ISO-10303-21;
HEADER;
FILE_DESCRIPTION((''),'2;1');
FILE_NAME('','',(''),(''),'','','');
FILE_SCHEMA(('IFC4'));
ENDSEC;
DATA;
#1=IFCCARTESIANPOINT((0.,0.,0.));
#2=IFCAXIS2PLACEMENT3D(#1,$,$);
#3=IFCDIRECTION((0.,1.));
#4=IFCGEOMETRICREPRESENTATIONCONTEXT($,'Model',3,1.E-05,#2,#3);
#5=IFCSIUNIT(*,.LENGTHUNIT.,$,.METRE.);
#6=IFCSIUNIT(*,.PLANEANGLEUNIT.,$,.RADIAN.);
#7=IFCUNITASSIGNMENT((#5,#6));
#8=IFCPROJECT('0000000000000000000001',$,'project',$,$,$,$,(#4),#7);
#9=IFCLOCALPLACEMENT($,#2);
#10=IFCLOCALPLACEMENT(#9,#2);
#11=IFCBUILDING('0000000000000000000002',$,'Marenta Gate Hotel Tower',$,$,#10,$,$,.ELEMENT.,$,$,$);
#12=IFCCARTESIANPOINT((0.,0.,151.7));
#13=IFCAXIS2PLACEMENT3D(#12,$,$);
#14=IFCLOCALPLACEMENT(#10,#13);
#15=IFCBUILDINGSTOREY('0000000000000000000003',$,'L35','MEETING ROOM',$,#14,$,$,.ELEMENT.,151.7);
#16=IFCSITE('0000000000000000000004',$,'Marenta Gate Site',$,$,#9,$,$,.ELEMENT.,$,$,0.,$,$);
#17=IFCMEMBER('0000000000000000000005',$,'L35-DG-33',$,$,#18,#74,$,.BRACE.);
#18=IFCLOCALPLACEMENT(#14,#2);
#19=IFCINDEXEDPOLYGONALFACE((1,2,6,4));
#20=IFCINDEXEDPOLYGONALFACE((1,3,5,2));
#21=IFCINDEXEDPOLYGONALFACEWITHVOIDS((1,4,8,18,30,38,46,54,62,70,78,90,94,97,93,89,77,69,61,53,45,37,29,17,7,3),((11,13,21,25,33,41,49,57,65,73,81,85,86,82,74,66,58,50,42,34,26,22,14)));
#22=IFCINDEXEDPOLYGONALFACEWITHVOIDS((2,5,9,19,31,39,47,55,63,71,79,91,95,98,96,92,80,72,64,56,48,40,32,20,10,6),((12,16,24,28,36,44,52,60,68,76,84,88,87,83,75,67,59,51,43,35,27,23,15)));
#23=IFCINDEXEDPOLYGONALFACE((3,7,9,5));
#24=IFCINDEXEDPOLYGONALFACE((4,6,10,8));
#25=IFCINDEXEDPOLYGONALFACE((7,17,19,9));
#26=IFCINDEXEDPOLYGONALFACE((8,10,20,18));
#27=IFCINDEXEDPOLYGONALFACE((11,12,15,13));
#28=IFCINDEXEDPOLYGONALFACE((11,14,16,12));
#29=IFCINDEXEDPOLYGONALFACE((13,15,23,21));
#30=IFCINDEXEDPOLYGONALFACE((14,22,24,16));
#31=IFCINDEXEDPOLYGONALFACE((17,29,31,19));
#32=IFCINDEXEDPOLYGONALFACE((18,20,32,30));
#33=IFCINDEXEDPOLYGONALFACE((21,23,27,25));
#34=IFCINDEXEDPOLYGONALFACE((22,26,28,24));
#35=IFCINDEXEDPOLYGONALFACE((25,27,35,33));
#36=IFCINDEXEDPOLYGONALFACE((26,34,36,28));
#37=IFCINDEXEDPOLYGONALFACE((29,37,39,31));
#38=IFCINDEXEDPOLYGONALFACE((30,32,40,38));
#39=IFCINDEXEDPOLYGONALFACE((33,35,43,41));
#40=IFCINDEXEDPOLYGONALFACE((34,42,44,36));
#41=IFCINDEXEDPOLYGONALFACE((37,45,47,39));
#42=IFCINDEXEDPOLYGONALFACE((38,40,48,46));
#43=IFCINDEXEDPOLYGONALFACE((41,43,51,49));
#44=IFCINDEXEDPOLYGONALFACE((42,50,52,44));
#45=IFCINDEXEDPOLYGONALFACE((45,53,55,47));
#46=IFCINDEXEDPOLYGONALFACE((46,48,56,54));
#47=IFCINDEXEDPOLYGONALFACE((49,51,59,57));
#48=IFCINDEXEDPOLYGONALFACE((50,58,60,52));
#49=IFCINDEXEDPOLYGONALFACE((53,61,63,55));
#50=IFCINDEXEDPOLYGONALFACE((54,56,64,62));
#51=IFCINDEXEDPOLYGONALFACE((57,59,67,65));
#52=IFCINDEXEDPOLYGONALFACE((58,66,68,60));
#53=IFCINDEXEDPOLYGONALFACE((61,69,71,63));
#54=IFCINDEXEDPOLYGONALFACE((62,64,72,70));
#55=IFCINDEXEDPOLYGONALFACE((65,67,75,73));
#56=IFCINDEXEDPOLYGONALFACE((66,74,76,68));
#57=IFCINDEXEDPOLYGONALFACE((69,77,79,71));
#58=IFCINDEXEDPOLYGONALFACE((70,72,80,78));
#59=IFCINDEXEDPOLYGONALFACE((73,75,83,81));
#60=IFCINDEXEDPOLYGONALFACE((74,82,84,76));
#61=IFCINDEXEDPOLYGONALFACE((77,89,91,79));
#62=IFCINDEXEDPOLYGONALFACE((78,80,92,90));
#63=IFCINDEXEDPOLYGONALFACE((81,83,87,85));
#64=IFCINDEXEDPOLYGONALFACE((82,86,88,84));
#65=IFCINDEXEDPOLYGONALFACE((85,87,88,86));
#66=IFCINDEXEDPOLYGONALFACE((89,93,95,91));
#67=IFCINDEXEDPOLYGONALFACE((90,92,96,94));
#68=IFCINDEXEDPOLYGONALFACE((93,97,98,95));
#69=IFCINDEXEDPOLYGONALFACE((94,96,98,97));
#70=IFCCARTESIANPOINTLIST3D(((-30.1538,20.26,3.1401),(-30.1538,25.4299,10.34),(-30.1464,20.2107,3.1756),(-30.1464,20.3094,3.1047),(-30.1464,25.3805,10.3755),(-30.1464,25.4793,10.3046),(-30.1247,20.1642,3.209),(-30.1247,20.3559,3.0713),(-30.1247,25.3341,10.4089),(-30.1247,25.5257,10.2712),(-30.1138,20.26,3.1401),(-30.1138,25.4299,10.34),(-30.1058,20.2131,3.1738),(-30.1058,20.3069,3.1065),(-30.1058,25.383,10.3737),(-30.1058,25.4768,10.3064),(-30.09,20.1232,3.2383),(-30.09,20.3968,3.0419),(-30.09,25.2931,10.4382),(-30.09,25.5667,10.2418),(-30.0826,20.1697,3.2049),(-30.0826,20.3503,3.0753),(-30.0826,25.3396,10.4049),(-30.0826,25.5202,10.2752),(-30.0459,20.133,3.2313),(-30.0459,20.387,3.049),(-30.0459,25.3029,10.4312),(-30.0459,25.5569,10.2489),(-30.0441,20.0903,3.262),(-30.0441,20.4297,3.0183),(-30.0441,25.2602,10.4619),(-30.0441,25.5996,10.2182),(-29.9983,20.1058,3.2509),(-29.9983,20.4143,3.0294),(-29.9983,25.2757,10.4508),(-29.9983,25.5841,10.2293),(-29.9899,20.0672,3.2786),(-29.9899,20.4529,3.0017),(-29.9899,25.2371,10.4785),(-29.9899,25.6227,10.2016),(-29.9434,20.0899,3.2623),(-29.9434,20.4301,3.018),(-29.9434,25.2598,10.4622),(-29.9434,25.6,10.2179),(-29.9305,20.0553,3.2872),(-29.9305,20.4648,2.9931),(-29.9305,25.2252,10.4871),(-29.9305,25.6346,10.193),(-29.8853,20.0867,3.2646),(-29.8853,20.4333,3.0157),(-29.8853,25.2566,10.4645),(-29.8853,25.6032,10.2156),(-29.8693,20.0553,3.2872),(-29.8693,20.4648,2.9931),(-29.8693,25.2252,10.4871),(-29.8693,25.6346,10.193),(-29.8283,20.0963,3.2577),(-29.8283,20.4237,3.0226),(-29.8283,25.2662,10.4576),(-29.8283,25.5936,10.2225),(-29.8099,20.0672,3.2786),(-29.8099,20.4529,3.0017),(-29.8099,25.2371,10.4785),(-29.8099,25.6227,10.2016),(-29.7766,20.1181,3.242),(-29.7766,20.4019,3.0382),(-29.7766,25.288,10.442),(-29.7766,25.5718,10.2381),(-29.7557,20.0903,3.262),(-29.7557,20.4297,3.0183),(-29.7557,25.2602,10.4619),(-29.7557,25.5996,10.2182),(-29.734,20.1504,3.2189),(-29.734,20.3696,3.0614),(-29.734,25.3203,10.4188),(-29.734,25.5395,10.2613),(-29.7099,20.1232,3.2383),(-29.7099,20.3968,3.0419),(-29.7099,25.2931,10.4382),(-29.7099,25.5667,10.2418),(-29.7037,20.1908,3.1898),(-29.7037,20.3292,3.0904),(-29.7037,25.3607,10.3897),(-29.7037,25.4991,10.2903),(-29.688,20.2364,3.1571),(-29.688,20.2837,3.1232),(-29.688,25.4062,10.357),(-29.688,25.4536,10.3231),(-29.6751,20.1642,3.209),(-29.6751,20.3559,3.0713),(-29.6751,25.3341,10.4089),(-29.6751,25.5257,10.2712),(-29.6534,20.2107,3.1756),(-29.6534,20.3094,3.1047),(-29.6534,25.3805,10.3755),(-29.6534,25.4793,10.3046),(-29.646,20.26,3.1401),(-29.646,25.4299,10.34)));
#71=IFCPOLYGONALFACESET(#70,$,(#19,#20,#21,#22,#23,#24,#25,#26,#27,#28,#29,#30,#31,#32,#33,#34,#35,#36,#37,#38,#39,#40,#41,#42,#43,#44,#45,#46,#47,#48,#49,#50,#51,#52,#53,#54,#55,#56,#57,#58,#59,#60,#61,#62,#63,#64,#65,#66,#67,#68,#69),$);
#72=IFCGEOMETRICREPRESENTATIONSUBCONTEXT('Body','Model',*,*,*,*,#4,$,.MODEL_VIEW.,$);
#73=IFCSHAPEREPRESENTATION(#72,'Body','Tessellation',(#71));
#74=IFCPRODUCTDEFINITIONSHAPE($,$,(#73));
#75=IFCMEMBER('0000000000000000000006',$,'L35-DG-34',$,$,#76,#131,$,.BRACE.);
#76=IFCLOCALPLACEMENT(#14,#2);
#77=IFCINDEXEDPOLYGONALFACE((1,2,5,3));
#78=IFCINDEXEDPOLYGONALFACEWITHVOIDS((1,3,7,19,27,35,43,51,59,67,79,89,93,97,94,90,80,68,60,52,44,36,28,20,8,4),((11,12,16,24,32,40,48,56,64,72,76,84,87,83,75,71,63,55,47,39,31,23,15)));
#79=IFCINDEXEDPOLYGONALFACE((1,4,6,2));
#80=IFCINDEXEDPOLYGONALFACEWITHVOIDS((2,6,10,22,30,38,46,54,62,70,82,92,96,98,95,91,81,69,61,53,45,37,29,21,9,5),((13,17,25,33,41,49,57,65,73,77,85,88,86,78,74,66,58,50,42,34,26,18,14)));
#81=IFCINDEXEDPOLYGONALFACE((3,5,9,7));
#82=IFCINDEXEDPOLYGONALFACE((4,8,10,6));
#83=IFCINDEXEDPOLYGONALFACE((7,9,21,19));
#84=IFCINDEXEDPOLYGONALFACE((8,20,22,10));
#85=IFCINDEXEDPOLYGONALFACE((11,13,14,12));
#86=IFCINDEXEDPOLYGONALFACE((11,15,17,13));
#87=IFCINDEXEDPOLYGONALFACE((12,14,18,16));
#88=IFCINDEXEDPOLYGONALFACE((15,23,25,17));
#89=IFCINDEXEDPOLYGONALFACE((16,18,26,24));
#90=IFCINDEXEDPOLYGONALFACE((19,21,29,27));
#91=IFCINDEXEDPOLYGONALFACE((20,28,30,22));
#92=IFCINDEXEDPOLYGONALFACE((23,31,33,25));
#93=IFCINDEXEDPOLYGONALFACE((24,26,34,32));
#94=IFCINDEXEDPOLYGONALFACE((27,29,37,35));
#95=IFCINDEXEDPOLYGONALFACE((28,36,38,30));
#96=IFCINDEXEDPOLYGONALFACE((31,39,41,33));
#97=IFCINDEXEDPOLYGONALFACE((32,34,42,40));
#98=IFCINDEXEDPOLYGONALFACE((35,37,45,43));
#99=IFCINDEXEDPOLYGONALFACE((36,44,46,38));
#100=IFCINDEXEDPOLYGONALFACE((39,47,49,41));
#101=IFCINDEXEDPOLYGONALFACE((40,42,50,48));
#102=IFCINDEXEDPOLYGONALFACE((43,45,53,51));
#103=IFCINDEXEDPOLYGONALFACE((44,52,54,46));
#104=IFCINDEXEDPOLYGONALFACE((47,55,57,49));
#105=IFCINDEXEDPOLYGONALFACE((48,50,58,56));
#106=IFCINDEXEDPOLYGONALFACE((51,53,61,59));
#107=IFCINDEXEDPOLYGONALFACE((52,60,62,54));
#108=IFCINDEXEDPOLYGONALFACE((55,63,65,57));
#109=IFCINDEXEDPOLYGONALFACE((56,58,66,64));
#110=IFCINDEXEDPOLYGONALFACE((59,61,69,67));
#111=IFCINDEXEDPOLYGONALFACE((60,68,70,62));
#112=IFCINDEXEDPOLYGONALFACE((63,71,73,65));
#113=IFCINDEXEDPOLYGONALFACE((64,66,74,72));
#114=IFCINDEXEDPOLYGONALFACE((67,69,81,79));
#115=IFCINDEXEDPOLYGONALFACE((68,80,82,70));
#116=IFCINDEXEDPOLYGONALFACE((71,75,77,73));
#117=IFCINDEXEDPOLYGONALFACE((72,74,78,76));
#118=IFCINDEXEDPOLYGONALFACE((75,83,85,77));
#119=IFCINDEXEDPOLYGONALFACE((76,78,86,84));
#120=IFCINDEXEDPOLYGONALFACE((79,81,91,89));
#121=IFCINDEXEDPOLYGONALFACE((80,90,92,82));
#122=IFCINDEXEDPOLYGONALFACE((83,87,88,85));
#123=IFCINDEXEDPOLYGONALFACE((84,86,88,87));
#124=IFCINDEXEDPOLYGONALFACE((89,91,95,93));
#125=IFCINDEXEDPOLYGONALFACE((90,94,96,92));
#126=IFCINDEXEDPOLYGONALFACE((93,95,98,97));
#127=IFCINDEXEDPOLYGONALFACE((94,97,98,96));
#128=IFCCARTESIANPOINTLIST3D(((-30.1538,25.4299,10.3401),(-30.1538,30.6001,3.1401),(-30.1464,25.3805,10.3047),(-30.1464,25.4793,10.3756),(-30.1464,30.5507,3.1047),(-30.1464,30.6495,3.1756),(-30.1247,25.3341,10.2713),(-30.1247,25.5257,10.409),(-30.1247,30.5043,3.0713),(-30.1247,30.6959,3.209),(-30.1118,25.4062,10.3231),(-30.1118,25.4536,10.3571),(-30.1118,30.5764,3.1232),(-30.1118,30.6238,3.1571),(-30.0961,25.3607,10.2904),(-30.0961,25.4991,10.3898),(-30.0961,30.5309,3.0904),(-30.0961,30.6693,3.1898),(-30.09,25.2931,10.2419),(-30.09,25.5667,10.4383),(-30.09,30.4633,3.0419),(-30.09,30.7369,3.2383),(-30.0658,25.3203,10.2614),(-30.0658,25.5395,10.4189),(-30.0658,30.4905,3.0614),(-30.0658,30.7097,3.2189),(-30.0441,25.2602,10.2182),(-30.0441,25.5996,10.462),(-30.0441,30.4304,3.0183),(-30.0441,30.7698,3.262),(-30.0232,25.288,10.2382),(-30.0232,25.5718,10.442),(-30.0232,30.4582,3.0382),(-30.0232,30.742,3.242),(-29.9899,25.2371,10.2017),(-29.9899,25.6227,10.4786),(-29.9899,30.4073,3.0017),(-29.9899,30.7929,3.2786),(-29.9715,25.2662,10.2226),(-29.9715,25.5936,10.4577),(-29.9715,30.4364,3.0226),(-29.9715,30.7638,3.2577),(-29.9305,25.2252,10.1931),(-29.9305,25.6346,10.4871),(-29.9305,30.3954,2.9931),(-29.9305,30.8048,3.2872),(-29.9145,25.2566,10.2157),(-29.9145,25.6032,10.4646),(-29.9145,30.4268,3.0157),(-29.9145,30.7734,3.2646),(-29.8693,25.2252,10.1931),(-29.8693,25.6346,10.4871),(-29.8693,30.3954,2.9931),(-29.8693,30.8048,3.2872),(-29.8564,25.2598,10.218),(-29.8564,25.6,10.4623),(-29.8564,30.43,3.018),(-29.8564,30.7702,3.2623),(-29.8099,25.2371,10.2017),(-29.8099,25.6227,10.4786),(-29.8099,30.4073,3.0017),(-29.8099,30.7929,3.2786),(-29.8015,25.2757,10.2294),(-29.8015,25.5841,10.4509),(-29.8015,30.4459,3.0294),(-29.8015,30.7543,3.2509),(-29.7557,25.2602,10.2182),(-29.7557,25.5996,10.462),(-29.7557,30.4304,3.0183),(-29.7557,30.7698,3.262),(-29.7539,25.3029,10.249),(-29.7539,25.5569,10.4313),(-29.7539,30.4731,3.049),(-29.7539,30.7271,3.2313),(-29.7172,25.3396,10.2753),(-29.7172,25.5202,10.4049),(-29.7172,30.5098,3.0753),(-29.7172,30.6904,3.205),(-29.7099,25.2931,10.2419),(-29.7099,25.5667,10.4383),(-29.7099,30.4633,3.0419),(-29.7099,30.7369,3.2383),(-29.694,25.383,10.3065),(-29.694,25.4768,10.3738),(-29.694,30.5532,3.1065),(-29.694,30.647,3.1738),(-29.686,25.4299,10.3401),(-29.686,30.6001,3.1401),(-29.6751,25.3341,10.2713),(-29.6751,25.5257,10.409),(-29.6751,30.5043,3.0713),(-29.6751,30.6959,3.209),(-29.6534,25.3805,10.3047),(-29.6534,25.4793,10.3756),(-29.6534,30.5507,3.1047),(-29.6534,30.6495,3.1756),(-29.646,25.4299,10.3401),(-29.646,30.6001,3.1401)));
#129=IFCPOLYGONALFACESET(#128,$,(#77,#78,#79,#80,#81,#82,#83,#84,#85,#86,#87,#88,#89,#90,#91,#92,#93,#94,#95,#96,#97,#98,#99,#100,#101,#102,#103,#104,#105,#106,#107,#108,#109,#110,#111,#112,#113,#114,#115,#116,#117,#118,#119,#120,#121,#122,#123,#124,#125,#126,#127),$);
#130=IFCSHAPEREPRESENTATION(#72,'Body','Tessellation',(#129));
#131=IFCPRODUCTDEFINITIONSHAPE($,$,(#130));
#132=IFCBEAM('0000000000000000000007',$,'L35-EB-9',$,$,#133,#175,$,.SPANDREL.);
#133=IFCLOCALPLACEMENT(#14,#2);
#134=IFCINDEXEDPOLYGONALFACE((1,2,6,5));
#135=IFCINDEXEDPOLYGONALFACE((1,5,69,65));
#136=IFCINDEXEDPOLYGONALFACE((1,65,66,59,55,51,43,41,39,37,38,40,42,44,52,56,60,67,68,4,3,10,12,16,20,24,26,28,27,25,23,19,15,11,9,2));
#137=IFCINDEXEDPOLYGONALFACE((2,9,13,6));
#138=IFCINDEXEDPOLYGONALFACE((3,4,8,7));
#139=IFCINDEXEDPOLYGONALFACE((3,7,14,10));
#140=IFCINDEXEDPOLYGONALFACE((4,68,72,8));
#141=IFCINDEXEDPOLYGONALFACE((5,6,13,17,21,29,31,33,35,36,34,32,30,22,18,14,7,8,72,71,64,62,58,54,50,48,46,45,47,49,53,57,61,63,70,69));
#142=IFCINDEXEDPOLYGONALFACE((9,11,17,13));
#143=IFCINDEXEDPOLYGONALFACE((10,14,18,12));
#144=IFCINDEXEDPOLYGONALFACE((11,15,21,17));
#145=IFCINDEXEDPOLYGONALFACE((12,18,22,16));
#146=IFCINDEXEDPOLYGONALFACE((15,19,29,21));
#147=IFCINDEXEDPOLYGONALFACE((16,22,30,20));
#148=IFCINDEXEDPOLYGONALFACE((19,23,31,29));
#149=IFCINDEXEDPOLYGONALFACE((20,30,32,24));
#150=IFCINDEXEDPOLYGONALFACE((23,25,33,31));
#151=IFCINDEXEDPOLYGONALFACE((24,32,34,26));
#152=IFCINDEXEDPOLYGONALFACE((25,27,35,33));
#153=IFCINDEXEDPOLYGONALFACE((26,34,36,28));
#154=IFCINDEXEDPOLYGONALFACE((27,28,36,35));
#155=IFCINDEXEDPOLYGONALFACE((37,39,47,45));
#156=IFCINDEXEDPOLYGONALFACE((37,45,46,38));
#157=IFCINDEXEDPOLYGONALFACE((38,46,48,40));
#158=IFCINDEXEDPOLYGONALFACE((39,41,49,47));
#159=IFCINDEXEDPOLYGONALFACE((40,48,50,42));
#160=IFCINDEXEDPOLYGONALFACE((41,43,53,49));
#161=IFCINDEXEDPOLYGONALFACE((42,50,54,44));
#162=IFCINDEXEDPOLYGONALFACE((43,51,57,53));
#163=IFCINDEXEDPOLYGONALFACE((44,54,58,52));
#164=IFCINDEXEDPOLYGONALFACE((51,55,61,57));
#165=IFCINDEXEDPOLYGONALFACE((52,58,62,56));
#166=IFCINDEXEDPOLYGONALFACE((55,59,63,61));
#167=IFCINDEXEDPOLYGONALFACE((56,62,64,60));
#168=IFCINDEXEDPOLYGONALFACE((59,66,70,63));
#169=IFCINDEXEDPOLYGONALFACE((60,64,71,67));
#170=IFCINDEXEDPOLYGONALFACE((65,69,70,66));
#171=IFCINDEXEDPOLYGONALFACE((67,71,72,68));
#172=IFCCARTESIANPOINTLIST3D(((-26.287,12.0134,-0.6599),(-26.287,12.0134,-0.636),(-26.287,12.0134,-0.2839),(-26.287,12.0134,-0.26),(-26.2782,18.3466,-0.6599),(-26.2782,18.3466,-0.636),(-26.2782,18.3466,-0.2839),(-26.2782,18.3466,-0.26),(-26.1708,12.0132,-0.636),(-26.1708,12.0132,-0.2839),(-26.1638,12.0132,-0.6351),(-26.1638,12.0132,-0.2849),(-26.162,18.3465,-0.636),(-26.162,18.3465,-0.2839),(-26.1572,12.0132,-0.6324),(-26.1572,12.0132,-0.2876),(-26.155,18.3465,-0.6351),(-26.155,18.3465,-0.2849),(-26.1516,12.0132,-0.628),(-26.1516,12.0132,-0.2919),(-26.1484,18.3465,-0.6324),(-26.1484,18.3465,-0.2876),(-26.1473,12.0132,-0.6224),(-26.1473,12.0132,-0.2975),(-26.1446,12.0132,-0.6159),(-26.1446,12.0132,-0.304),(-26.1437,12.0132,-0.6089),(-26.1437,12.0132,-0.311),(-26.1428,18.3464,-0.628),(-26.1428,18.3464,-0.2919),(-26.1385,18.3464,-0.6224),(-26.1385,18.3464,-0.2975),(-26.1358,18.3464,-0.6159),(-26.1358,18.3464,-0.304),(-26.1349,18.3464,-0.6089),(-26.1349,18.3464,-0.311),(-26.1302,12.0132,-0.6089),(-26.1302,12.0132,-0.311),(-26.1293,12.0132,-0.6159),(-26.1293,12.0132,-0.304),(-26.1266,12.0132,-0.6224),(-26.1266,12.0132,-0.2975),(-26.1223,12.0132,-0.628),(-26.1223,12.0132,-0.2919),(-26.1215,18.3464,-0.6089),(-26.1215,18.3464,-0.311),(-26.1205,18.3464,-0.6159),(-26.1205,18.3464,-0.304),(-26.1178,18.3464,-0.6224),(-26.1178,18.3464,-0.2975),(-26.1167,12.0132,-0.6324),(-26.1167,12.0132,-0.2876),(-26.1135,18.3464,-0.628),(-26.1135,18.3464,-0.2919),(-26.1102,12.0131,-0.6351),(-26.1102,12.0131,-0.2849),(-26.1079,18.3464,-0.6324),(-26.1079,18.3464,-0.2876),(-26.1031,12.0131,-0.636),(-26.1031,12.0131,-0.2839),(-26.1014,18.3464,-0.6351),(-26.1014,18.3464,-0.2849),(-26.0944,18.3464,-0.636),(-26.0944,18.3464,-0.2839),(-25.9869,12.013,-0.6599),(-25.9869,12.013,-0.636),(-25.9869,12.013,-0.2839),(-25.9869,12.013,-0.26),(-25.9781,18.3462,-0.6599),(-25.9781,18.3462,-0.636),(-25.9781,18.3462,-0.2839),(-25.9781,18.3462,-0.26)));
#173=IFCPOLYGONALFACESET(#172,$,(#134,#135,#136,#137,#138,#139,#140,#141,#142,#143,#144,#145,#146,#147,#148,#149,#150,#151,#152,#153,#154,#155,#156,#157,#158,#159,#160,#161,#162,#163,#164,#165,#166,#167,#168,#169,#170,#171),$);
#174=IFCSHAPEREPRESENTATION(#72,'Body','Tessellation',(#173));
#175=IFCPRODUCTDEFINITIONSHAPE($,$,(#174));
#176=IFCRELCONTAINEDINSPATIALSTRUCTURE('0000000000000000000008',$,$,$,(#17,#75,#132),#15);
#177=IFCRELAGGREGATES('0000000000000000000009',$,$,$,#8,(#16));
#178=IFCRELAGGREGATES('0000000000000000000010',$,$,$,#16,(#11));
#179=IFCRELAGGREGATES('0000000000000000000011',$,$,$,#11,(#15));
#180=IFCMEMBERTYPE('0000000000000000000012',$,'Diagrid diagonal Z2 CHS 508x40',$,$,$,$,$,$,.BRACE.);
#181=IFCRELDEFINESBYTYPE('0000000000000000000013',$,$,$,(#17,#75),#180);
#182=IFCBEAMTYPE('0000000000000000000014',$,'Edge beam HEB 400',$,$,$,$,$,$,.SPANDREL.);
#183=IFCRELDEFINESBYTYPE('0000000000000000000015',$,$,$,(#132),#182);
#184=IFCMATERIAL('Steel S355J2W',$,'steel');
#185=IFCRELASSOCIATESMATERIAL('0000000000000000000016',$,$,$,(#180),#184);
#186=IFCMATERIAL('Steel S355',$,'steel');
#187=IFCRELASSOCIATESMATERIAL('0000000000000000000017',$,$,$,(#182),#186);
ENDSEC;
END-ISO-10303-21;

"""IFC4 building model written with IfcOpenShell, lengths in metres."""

from ifc_helpers import new_model, si_unit, direction, frame, origin, origin_2d, place, context, subcontext, project, spatial, hollow_circle, i_section, extrude, material, material_profile, profile_set, type_object, element, save


model = new_model("IFC4")

# Units and contexts
model_context = context("Model", 3, precision=1e-05, world=origin(), true_north=direction((0.0, 1.0)))
body_context = subcontext(model_context, "Body", "Model", "MODEL_VIEW")
ifc_project = project(units=[si_unit("LENGTHUNIT", "METRE"), si_unit("PLANEANGLEUNIT", "RADIAN")], contexts=[model_context])

# Site, building, storey
site_placement = place(None, origin())
site = spatial("IfcSite", under=ifc_project, at=site_placement, Name="Marenta Gate Site", CompositionType="ELEMENT", RefElevation=0.0)
building_placement = place(site_placement, origin())
building = spatial("IfcBuilding", under=site, at=building_placement, Name="Marenta Gate Hotel Tower", CompositionType="ELEMENT")
storey_placement = place(building_placement, frame((0.0, 0.0, 151.7)))
storey = spatial("IfcBuildingStorey", under=building, at=storey_placement, Name="L35", Description="MEETING ROOM", CompositionType="ELEMENT", Elevation=151.7)

# Members
ifc_material_1 = material(Name="Steel S355J2W", Category="steel")
ifc_material_profile_1 = material_profile(ifc_material_1, hollow_circle(Radius=0.2539, WallThickness=0.04, at=origin_2d()), Name="CHS 508x40")
ifc_profile_set_1 = profile_set([ifc_material_profile_1], Name="Steel S355J2W")
member_type_1 = type_object("IfcMemberType", Name="Diagrid diagonal Z2 CHS 508x40", PredefinedType="BRACE", material=ifc_profile_set_1)
for number, where, z_axis, x_axis, name in (
    (1, (-29.8999, 20.26, 3.1401), (0.0, 0.583261, 0.812285), (-1.0, 0.0, 0.0), "L35-DG-33"),
):
    element("IfcMember", number, at=place(storey_placement, frame(where, z_axis=z_axis, x_axis=x_axis)), inside=storey, type_object=member_type_1, Name=name, PredefinedType="BRACE", context=body_context, shape_type="SweptSolid", body=[
        extrude(hollow_circle(Radius=0.2539, WallThickness=0.04, at=origin_2d()), origin(), (0.0, 0.0, 1.0), 8.8638),
    ])
member_1_placement = place(storey_placement, frame((-29.8999, 30.6001, 3.1401), z_axis=(0.0, -0.583279, 0.812272), x_axis=(1.0, 0.0, 0.0)))
element("IfcMember", 2, at=member_1_placement, inside=storey, type_object=member_type_1, Name="L35-DG-34", PredefinedType="BRACE", context=body_context, shape_type="SweptSolid", body=[
    extrude(hollow_circle(Radius=0.2539, WallThickness=0.04, at=origin_2d()), origin(), (0.0, 0.0, 1.0), 8.864),
])

# Beam
ifc_material_2 = material(Name="Steel S355", Category="steel")
ifc_material_profile_2 = material_profile(ifc_material_2, i_section(OverallWidth=0.3, OverallDepth=0.3999, WebThickness=0.0134, FlangeThickness=0.0239, FilletRadius=0.0271, at=origin_2d()), Name="HEB 400")
ifc_profile_set_2 = profile_set([ifc_material_profile_2], Name="Steel S355")
beam_type_1 = type_object("IfcBeamType", Name="Edge beam HEB 400", PredefinedType="SPANDREL", material=ifc_profile_set_2)
beam_1_placement = place(storey_placement, frame((-26.137, 12.0132, -0.46), z_axis=(0.001388, 0.999999, 0.0), x_axis=(-0.999999, 0.001388, 0.0)))
element("IfcBeam", 3, at=beam_1_placement, inside=storey, type_object=beam_type_1, Name="L35-EB-9", PredefinedType="SPANDREL", context=body_context, shape_type="SweptSolid", body=[
    extrude(i_section(OverallWidth=0.3, OverallDepth=0.3999, WebThickness=0.0134, FlangeThickness=0.0239, FilletRadius=0.0271, at=origin_2d()), origin(), (0.0, 0.0, 1.0), 6.3333),
])

save(model, "model.ifc")
